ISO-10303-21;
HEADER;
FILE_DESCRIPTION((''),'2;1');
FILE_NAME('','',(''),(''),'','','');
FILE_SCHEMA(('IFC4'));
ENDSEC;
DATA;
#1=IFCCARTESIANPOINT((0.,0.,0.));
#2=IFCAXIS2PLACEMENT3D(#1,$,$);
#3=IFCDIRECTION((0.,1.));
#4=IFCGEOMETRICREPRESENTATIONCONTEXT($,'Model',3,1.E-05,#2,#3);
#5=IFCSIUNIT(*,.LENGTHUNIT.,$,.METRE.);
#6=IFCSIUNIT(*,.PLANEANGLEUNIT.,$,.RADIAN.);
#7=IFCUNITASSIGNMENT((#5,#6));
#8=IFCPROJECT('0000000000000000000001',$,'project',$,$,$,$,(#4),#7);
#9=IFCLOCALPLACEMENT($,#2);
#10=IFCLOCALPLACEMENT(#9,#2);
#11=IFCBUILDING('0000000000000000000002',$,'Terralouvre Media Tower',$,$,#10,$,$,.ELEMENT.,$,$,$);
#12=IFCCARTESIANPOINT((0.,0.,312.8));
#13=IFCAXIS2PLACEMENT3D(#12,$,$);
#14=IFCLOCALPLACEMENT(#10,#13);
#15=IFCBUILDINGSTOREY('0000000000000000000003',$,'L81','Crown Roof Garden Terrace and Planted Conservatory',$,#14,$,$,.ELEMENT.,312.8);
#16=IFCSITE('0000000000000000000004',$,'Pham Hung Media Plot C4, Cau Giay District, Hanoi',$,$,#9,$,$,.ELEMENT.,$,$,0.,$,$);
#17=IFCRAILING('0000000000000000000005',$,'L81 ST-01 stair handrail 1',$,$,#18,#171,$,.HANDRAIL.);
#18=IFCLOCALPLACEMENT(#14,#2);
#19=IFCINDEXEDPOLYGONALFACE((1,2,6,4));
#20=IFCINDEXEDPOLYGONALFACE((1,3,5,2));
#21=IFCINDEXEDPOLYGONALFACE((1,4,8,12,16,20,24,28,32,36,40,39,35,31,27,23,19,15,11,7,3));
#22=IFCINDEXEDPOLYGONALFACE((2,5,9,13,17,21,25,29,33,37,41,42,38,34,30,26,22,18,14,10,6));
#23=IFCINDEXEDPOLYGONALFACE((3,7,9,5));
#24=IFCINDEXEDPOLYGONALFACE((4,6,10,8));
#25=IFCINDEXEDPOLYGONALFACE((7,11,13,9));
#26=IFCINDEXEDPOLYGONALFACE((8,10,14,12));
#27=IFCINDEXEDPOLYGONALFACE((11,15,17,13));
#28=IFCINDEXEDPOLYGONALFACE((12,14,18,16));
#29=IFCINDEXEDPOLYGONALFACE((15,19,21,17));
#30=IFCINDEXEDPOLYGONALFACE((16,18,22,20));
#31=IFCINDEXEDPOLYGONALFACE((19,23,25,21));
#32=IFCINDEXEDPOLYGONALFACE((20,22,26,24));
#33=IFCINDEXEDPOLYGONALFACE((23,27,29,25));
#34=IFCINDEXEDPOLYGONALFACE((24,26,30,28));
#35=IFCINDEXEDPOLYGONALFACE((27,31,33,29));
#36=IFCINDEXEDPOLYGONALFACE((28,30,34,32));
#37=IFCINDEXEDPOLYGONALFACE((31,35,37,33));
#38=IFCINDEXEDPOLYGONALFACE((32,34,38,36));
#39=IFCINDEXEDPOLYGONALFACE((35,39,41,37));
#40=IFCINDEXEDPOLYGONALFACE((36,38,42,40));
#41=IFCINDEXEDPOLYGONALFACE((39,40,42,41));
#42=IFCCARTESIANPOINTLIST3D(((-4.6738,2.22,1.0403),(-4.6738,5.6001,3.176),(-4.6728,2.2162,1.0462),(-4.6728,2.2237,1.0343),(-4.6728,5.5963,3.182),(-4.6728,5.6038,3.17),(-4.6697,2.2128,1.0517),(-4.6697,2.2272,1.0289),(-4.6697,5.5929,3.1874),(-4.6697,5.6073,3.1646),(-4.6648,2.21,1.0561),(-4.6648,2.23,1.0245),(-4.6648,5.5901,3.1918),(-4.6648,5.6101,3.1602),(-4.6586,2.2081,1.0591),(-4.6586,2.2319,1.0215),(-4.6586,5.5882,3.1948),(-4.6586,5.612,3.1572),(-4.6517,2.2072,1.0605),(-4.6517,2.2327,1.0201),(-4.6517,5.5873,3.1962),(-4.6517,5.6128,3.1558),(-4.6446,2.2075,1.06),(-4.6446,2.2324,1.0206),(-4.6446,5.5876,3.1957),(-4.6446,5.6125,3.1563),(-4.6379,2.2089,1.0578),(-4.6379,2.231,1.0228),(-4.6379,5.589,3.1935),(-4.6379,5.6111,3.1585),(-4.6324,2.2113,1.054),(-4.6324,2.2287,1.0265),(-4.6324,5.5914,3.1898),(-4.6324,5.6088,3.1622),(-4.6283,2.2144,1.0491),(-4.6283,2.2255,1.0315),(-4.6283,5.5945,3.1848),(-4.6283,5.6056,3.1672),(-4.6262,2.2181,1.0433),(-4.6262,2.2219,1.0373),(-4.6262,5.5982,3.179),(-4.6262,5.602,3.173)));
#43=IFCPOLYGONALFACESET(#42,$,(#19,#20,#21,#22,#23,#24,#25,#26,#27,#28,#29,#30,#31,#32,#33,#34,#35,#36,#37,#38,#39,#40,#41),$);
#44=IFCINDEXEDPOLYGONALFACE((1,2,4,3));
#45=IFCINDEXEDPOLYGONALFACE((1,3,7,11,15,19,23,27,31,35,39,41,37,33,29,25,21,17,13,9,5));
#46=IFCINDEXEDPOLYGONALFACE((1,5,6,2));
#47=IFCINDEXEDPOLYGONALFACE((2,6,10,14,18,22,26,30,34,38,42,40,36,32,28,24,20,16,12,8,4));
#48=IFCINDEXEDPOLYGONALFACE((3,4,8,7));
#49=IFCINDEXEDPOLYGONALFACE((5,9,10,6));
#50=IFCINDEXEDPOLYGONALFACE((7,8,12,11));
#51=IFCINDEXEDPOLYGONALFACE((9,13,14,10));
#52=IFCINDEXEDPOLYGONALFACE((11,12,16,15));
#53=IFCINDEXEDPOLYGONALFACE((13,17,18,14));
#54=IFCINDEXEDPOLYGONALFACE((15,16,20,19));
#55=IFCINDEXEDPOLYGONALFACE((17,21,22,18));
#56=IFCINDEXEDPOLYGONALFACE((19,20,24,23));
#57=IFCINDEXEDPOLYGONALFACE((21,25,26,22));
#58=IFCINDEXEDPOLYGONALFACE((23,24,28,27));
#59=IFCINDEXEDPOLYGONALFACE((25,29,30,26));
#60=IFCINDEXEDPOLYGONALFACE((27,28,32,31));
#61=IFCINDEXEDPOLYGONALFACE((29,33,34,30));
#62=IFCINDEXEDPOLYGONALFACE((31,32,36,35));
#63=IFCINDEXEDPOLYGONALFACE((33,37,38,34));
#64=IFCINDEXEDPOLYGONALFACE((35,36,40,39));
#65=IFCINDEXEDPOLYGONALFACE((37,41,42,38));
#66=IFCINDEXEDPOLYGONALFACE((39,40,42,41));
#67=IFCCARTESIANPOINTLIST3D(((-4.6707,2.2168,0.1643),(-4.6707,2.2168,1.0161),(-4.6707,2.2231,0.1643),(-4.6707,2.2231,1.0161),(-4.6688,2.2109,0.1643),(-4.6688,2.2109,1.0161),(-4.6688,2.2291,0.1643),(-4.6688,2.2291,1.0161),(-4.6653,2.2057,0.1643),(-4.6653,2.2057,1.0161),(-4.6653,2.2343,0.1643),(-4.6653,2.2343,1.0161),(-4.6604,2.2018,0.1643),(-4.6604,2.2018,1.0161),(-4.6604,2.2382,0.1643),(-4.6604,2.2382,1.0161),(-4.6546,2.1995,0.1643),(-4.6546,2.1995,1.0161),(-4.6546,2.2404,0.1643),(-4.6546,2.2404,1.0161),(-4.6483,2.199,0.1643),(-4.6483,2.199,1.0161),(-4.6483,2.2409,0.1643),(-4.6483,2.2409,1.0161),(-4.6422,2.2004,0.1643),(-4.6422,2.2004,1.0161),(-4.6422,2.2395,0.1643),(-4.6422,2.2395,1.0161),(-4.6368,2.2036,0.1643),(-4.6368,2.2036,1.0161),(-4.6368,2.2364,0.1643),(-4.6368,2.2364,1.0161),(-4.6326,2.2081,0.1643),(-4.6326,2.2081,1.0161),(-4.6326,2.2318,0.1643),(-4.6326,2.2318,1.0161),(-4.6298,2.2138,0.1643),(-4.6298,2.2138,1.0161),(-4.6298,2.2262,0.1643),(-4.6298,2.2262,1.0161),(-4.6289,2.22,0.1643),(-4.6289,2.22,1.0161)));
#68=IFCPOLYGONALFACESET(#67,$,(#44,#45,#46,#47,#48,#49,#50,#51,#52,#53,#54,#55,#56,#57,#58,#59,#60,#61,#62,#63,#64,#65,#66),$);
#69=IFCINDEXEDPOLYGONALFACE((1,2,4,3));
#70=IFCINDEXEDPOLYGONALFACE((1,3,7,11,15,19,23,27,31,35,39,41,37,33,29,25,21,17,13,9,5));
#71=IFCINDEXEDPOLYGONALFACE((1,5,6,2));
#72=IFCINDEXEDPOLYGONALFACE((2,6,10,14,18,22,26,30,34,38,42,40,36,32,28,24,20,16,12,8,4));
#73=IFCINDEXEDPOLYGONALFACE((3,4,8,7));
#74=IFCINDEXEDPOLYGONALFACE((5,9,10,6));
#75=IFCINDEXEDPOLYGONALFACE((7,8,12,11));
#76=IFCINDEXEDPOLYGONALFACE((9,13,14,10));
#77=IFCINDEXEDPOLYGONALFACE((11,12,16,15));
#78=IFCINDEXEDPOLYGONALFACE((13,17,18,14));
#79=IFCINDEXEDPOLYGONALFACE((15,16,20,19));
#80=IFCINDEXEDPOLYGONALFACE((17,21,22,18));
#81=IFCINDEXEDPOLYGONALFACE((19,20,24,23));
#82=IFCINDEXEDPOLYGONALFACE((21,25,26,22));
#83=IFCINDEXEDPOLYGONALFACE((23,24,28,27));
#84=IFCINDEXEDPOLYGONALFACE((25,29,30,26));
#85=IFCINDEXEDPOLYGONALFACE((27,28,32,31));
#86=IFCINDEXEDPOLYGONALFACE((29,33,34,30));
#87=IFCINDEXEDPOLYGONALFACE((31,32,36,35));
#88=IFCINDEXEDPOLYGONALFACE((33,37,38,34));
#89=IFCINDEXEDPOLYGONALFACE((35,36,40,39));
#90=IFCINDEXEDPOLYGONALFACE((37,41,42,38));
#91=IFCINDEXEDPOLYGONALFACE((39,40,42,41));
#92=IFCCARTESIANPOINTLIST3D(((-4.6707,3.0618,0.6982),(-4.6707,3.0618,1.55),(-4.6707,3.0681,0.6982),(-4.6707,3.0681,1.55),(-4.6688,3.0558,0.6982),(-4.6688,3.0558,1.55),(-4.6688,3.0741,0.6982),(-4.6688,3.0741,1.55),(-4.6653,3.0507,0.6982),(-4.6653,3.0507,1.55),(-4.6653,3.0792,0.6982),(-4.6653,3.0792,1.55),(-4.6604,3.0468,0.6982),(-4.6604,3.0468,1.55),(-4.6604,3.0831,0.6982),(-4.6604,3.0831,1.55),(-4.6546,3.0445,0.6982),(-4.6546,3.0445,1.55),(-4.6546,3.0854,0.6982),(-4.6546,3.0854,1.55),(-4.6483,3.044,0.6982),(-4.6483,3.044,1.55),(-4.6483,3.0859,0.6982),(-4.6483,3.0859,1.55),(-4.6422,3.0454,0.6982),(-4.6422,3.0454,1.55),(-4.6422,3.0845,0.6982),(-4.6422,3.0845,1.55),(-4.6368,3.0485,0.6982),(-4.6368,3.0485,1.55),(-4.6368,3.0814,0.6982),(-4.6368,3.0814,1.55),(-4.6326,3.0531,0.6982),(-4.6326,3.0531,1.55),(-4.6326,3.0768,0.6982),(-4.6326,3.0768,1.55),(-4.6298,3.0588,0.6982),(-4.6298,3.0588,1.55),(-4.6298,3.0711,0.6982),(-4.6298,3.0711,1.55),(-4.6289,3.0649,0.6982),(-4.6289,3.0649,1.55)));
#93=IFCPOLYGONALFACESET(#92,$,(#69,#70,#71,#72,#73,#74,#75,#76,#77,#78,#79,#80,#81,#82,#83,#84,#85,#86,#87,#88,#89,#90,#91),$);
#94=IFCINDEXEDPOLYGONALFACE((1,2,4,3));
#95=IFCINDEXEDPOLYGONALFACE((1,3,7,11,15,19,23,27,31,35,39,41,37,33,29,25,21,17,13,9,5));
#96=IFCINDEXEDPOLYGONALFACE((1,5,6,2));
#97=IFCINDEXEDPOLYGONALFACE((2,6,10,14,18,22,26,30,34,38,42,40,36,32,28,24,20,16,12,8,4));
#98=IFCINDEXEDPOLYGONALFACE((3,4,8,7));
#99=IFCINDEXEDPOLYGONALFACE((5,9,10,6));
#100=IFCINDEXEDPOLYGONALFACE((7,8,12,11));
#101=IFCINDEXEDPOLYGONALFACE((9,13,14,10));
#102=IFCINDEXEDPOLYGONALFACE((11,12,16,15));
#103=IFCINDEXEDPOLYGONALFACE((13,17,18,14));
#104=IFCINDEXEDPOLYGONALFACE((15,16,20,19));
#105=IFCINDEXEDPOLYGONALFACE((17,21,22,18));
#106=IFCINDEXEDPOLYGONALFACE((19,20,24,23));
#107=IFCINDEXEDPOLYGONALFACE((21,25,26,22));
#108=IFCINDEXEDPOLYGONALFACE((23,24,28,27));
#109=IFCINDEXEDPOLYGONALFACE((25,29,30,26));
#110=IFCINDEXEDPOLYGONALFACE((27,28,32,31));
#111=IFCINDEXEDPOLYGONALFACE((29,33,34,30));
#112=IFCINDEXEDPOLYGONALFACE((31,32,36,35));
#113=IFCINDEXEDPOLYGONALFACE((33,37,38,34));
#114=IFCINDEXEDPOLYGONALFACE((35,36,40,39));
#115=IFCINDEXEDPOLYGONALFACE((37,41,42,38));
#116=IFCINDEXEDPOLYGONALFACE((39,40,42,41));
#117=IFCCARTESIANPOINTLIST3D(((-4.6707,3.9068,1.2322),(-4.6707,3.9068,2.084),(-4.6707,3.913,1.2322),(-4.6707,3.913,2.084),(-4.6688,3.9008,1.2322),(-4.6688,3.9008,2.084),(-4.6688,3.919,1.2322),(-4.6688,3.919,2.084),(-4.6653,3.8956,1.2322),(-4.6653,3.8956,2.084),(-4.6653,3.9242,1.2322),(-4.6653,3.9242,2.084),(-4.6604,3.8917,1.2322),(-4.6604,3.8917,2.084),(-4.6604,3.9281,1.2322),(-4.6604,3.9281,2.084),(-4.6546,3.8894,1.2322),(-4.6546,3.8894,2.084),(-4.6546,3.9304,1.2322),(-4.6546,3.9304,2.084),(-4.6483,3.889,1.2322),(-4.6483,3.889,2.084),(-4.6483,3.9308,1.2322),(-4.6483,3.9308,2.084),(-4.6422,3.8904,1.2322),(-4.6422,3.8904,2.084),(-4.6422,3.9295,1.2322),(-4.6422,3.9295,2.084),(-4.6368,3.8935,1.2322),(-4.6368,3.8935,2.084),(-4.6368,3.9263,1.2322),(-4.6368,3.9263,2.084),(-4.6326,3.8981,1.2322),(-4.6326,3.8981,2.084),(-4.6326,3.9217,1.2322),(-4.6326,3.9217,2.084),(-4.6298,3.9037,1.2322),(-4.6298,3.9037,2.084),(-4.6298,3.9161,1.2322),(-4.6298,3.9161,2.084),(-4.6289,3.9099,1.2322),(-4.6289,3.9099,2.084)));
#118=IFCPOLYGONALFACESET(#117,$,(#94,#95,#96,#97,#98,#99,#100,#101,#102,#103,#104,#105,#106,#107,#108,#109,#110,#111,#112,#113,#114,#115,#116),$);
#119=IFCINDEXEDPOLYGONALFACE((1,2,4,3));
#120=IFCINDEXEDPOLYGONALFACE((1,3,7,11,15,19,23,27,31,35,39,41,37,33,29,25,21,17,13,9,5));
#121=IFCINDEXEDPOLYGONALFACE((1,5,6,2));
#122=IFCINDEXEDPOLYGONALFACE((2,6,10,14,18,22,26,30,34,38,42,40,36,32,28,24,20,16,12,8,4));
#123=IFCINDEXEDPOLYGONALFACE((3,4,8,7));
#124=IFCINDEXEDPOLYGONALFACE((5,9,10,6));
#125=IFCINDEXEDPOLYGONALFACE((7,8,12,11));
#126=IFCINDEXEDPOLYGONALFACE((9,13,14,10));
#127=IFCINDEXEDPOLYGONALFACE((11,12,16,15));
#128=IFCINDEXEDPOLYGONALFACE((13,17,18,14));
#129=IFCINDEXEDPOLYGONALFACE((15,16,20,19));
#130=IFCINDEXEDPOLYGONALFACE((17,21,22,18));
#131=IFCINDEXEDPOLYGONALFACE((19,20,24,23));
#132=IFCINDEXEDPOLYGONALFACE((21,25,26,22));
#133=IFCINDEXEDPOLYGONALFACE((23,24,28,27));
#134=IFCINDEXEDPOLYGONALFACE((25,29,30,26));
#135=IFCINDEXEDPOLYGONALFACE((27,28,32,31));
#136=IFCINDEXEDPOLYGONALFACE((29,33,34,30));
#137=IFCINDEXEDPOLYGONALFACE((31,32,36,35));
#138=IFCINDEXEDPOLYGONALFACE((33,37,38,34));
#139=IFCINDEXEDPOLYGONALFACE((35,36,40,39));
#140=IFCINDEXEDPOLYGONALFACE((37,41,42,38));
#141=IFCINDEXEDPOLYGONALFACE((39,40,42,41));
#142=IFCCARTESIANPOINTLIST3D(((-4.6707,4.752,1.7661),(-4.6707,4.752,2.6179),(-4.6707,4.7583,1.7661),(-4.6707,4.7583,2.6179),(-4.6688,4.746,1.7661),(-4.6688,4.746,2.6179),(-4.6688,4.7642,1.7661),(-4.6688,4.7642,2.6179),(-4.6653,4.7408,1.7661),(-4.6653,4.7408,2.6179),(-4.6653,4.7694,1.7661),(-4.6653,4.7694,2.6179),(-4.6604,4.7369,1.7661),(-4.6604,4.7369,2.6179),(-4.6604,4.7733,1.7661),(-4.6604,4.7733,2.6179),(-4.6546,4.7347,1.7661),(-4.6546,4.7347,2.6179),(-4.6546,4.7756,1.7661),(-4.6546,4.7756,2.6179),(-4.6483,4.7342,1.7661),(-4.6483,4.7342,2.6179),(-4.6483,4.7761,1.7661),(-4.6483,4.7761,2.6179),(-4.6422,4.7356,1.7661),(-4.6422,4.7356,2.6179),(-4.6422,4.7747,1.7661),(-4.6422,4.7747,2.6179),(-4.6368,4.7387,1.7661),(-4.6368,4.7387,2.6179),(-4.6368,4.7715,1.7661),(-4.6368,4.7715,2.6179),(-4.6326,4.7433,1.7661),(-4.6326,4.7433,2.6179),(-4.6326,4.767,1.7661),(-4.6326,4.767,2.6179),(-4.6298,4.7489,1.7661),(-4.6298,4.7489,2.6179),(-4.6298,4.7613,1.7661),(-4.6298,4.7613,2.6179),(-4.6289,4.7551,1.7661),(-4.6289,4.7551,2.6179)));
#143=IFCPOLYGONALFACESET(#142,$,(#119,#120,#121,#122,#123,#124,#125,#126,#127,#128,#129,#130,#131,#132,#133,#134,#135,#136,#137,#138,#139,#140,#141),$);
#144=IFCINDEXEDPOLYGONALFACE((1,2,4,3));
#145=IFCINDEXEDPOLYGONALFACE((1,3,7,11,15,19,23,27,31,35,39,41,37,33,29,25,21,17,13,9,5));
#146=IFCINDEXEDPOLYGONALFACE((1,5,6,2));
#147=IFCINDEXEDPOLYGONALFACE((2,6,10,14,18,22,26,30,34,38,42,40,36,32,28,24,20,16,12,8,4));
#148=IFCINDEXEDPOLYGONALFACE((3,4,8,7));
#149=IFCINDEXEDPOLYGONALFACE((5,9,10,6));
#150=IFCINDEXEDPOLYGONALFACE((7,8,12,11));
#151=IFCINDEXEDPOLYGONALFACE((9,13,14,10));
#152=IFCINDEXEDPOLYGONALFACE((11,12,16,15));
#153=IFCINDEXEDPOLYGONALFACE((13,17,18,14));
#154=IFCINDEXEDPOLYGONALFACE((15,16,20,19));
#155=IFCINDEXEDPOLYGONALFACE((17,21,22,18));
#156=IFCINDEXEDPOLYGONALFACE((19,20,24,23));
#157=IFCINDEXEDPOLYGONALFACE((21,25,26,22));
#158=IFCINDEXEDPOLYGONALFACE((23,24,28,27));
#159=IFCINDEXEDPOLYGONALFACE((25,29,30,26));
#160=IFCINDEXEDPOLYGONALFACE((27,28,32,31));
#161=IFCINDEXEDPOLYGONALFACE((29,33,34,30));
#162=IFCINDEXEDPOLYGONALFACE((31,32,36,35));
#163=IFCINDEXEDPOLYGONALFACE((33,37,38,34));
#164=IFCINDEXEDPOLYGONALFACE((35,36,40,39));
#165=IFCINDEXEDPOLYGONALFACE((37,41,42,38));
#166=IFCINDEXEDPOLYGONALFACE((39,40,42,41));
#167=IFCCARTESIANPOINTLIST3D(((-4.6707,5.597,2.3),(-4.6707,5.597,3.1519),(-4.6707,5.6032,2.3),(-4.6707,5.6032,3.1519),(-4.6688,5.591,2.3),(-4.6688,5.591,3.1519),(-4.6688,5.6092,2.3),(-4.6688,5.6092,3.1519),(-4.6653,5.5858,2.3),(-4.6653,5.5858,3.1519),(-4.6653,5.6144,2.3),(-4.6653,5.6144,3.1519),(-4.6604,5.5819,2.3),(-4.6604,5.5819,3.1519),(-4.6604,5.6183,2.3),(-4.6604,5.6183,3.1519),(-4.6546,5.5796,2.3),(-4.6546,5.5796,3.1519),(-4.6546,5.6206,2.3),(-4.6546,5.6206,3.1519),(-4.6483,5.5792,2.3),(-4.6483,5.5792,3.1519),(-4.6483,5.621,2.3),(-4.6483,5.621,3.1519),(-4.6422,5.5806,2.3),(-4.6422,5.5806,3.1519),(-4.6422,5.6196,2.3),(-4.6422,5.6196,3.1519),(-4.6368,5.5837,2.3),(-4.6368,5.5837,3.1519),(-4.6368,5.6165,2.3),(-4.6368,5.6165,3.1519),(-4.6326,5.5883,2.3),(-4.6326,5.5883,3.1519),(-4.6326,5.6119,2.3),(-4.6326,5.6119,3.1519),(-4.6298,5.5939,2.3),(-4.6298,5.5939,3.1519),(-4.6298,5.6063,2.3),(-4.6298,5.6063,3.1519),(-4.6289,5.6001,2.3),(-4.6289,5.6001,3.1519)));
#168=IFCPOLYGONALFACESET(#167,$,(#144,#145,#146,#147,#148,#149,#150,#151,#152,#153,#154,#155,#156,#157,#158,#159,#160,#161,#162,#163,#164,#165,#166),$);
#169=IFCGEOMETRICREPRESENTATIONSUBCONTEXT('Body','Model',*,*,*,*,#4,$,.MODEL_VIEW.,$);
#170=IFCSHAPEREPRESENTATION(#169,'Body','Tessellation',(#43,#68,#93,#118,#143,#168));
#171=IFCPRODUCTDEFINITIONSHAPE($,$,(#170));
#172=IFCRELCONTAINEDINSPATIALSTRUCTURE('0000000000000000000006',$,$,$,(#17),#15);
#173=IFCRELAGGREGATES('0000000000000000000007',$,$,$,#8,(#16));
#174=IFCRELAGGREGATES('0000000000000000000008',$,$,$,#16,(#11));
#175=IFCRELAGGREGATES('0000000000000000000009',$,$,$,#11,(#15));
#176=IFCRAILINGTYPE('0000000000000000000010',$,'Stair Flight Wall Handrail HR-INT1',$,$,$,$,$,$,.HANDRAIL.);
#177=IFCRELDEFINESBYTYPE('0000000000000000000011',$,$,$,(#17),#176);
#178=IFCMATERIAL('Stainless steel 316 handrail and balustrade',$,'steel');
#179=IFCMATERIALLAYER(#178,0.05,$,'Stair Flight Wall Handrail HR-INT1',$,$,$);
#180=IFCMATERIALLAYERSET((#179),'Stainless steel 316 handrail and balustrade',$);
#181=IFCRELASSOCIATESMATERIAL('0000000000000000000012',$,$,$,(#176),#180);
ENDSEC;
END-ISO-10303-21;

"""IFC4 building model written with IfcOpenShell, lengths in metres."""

from ifc_helpers import new_model, si_unit, direction, frame, origin, origin_2d, place, context, subcontext, project, spatial, circle, extrude, material, layer, layer_set, type_object, element, save


model = new_model("IFC4")

# Units and contexts
model_context = context("Model", 3, precision=1e-05, world=origin(), true_north=direction((0.0, 1.0)))
body_context = subcontext(model_context, "Body", "Model", "MODEL_VIEW")
ifc_project = project(units=[si_unit("LENGTHUNIT", "METRE"), si_unit("PLANEANGLEUNIT", "RADIAN")], contexts=[model_context])

# Site, building, storey
site_placement = place(None, origin())
site = spatial("IfcSite", under=ifc_project, at=site_placement, Name="Pham Hung Media Plot C4, Cau Giay District, Hanoi", CompositionType="ELEMENT", RefElevation=0.0)
building_placement = place(site_placement, origin())
building = spatial("IfcBuilding", under=site, at=building_placement, Name="Terralouvre Media Tower", CompositionType="ELEMENT")
storey_placement = place(building_placement, frame((0.0, 0.0, 312.8)))
storey = spatial("IfcBuildingStorey", under=building, at=storey_placement, Name="L81", Description="Crown Roof Garden Terrace and Planted Conservatory", CompositionType="ELEMENT", Elevation=312.8)

# Railing
ifc_material_1 = material(Name="Stainless steel 316 handrail and balustrade", Category="steel")
ifc_layer_1 = layer(ifc_material_1, 0.05, Name="Stair Flight Wall Handrail HR-INT1")
ifc_layer_set_1 = layer_set([ifc_layer_1], Name="Stainless steel 316 handrail and balustrade")
railing_type_1 = type_object("IfcRailingType", Name="Stair Flight Wall Handrail HR-INT1", PredefinedType="HANDRAIL", material=ifc_layer_set_1)
railing_1_placement = place(storey_placement, frame((-4.6499, 2.22, 0.1643)))
element("IfcRailing", 1, at=railing_1_placement, inside=storey, type_object=railing_type_1, Name="L81 ST-01 stair handrail 1", PredefinedType="HANDRAIL", context=body_context, shape_type="SweptSolid", body=[
    extrude(circle(Radius=0.0239, at=origin_2d()), frame((0.0, 0.0, 0.876), z_axis=(0.0, 0.845384, 0.534158), x_axis=(-1.0, 0.0, 0.0)), (0.0, 0.0, 1.0), 3.9983),
    extrude(circle(Radius=0.021, at=origin_2d()), origin(), (0.0, 0.0, 1.0), 0.8518),
    extrude(circle(Radius=0.021, at=origin_2d()), frame((0.0, 0.845, 0.5339)), (0.0, 0.0, 1.0), 0.8518),
    extrude(circle(Radius=0.021, at=origin_2d()), frame((0.0, 1.6899, 1.0679)), (0.0, 0.0, 1.0), 0.8518),
    extrude(circle(Radius=0.021, at=origin_2d()), frame((0.0, 2.5352, 1.6018)), (0.0, 0.0, 1.0), 0.8518),
    extrude(circle(Radius=0.021, at=origin_2d()), frame((0.0, 3.3801, 2.1357)), (0.0, 0.0, 1.0), 0.8518),
])

save(model, "model.ifc")
